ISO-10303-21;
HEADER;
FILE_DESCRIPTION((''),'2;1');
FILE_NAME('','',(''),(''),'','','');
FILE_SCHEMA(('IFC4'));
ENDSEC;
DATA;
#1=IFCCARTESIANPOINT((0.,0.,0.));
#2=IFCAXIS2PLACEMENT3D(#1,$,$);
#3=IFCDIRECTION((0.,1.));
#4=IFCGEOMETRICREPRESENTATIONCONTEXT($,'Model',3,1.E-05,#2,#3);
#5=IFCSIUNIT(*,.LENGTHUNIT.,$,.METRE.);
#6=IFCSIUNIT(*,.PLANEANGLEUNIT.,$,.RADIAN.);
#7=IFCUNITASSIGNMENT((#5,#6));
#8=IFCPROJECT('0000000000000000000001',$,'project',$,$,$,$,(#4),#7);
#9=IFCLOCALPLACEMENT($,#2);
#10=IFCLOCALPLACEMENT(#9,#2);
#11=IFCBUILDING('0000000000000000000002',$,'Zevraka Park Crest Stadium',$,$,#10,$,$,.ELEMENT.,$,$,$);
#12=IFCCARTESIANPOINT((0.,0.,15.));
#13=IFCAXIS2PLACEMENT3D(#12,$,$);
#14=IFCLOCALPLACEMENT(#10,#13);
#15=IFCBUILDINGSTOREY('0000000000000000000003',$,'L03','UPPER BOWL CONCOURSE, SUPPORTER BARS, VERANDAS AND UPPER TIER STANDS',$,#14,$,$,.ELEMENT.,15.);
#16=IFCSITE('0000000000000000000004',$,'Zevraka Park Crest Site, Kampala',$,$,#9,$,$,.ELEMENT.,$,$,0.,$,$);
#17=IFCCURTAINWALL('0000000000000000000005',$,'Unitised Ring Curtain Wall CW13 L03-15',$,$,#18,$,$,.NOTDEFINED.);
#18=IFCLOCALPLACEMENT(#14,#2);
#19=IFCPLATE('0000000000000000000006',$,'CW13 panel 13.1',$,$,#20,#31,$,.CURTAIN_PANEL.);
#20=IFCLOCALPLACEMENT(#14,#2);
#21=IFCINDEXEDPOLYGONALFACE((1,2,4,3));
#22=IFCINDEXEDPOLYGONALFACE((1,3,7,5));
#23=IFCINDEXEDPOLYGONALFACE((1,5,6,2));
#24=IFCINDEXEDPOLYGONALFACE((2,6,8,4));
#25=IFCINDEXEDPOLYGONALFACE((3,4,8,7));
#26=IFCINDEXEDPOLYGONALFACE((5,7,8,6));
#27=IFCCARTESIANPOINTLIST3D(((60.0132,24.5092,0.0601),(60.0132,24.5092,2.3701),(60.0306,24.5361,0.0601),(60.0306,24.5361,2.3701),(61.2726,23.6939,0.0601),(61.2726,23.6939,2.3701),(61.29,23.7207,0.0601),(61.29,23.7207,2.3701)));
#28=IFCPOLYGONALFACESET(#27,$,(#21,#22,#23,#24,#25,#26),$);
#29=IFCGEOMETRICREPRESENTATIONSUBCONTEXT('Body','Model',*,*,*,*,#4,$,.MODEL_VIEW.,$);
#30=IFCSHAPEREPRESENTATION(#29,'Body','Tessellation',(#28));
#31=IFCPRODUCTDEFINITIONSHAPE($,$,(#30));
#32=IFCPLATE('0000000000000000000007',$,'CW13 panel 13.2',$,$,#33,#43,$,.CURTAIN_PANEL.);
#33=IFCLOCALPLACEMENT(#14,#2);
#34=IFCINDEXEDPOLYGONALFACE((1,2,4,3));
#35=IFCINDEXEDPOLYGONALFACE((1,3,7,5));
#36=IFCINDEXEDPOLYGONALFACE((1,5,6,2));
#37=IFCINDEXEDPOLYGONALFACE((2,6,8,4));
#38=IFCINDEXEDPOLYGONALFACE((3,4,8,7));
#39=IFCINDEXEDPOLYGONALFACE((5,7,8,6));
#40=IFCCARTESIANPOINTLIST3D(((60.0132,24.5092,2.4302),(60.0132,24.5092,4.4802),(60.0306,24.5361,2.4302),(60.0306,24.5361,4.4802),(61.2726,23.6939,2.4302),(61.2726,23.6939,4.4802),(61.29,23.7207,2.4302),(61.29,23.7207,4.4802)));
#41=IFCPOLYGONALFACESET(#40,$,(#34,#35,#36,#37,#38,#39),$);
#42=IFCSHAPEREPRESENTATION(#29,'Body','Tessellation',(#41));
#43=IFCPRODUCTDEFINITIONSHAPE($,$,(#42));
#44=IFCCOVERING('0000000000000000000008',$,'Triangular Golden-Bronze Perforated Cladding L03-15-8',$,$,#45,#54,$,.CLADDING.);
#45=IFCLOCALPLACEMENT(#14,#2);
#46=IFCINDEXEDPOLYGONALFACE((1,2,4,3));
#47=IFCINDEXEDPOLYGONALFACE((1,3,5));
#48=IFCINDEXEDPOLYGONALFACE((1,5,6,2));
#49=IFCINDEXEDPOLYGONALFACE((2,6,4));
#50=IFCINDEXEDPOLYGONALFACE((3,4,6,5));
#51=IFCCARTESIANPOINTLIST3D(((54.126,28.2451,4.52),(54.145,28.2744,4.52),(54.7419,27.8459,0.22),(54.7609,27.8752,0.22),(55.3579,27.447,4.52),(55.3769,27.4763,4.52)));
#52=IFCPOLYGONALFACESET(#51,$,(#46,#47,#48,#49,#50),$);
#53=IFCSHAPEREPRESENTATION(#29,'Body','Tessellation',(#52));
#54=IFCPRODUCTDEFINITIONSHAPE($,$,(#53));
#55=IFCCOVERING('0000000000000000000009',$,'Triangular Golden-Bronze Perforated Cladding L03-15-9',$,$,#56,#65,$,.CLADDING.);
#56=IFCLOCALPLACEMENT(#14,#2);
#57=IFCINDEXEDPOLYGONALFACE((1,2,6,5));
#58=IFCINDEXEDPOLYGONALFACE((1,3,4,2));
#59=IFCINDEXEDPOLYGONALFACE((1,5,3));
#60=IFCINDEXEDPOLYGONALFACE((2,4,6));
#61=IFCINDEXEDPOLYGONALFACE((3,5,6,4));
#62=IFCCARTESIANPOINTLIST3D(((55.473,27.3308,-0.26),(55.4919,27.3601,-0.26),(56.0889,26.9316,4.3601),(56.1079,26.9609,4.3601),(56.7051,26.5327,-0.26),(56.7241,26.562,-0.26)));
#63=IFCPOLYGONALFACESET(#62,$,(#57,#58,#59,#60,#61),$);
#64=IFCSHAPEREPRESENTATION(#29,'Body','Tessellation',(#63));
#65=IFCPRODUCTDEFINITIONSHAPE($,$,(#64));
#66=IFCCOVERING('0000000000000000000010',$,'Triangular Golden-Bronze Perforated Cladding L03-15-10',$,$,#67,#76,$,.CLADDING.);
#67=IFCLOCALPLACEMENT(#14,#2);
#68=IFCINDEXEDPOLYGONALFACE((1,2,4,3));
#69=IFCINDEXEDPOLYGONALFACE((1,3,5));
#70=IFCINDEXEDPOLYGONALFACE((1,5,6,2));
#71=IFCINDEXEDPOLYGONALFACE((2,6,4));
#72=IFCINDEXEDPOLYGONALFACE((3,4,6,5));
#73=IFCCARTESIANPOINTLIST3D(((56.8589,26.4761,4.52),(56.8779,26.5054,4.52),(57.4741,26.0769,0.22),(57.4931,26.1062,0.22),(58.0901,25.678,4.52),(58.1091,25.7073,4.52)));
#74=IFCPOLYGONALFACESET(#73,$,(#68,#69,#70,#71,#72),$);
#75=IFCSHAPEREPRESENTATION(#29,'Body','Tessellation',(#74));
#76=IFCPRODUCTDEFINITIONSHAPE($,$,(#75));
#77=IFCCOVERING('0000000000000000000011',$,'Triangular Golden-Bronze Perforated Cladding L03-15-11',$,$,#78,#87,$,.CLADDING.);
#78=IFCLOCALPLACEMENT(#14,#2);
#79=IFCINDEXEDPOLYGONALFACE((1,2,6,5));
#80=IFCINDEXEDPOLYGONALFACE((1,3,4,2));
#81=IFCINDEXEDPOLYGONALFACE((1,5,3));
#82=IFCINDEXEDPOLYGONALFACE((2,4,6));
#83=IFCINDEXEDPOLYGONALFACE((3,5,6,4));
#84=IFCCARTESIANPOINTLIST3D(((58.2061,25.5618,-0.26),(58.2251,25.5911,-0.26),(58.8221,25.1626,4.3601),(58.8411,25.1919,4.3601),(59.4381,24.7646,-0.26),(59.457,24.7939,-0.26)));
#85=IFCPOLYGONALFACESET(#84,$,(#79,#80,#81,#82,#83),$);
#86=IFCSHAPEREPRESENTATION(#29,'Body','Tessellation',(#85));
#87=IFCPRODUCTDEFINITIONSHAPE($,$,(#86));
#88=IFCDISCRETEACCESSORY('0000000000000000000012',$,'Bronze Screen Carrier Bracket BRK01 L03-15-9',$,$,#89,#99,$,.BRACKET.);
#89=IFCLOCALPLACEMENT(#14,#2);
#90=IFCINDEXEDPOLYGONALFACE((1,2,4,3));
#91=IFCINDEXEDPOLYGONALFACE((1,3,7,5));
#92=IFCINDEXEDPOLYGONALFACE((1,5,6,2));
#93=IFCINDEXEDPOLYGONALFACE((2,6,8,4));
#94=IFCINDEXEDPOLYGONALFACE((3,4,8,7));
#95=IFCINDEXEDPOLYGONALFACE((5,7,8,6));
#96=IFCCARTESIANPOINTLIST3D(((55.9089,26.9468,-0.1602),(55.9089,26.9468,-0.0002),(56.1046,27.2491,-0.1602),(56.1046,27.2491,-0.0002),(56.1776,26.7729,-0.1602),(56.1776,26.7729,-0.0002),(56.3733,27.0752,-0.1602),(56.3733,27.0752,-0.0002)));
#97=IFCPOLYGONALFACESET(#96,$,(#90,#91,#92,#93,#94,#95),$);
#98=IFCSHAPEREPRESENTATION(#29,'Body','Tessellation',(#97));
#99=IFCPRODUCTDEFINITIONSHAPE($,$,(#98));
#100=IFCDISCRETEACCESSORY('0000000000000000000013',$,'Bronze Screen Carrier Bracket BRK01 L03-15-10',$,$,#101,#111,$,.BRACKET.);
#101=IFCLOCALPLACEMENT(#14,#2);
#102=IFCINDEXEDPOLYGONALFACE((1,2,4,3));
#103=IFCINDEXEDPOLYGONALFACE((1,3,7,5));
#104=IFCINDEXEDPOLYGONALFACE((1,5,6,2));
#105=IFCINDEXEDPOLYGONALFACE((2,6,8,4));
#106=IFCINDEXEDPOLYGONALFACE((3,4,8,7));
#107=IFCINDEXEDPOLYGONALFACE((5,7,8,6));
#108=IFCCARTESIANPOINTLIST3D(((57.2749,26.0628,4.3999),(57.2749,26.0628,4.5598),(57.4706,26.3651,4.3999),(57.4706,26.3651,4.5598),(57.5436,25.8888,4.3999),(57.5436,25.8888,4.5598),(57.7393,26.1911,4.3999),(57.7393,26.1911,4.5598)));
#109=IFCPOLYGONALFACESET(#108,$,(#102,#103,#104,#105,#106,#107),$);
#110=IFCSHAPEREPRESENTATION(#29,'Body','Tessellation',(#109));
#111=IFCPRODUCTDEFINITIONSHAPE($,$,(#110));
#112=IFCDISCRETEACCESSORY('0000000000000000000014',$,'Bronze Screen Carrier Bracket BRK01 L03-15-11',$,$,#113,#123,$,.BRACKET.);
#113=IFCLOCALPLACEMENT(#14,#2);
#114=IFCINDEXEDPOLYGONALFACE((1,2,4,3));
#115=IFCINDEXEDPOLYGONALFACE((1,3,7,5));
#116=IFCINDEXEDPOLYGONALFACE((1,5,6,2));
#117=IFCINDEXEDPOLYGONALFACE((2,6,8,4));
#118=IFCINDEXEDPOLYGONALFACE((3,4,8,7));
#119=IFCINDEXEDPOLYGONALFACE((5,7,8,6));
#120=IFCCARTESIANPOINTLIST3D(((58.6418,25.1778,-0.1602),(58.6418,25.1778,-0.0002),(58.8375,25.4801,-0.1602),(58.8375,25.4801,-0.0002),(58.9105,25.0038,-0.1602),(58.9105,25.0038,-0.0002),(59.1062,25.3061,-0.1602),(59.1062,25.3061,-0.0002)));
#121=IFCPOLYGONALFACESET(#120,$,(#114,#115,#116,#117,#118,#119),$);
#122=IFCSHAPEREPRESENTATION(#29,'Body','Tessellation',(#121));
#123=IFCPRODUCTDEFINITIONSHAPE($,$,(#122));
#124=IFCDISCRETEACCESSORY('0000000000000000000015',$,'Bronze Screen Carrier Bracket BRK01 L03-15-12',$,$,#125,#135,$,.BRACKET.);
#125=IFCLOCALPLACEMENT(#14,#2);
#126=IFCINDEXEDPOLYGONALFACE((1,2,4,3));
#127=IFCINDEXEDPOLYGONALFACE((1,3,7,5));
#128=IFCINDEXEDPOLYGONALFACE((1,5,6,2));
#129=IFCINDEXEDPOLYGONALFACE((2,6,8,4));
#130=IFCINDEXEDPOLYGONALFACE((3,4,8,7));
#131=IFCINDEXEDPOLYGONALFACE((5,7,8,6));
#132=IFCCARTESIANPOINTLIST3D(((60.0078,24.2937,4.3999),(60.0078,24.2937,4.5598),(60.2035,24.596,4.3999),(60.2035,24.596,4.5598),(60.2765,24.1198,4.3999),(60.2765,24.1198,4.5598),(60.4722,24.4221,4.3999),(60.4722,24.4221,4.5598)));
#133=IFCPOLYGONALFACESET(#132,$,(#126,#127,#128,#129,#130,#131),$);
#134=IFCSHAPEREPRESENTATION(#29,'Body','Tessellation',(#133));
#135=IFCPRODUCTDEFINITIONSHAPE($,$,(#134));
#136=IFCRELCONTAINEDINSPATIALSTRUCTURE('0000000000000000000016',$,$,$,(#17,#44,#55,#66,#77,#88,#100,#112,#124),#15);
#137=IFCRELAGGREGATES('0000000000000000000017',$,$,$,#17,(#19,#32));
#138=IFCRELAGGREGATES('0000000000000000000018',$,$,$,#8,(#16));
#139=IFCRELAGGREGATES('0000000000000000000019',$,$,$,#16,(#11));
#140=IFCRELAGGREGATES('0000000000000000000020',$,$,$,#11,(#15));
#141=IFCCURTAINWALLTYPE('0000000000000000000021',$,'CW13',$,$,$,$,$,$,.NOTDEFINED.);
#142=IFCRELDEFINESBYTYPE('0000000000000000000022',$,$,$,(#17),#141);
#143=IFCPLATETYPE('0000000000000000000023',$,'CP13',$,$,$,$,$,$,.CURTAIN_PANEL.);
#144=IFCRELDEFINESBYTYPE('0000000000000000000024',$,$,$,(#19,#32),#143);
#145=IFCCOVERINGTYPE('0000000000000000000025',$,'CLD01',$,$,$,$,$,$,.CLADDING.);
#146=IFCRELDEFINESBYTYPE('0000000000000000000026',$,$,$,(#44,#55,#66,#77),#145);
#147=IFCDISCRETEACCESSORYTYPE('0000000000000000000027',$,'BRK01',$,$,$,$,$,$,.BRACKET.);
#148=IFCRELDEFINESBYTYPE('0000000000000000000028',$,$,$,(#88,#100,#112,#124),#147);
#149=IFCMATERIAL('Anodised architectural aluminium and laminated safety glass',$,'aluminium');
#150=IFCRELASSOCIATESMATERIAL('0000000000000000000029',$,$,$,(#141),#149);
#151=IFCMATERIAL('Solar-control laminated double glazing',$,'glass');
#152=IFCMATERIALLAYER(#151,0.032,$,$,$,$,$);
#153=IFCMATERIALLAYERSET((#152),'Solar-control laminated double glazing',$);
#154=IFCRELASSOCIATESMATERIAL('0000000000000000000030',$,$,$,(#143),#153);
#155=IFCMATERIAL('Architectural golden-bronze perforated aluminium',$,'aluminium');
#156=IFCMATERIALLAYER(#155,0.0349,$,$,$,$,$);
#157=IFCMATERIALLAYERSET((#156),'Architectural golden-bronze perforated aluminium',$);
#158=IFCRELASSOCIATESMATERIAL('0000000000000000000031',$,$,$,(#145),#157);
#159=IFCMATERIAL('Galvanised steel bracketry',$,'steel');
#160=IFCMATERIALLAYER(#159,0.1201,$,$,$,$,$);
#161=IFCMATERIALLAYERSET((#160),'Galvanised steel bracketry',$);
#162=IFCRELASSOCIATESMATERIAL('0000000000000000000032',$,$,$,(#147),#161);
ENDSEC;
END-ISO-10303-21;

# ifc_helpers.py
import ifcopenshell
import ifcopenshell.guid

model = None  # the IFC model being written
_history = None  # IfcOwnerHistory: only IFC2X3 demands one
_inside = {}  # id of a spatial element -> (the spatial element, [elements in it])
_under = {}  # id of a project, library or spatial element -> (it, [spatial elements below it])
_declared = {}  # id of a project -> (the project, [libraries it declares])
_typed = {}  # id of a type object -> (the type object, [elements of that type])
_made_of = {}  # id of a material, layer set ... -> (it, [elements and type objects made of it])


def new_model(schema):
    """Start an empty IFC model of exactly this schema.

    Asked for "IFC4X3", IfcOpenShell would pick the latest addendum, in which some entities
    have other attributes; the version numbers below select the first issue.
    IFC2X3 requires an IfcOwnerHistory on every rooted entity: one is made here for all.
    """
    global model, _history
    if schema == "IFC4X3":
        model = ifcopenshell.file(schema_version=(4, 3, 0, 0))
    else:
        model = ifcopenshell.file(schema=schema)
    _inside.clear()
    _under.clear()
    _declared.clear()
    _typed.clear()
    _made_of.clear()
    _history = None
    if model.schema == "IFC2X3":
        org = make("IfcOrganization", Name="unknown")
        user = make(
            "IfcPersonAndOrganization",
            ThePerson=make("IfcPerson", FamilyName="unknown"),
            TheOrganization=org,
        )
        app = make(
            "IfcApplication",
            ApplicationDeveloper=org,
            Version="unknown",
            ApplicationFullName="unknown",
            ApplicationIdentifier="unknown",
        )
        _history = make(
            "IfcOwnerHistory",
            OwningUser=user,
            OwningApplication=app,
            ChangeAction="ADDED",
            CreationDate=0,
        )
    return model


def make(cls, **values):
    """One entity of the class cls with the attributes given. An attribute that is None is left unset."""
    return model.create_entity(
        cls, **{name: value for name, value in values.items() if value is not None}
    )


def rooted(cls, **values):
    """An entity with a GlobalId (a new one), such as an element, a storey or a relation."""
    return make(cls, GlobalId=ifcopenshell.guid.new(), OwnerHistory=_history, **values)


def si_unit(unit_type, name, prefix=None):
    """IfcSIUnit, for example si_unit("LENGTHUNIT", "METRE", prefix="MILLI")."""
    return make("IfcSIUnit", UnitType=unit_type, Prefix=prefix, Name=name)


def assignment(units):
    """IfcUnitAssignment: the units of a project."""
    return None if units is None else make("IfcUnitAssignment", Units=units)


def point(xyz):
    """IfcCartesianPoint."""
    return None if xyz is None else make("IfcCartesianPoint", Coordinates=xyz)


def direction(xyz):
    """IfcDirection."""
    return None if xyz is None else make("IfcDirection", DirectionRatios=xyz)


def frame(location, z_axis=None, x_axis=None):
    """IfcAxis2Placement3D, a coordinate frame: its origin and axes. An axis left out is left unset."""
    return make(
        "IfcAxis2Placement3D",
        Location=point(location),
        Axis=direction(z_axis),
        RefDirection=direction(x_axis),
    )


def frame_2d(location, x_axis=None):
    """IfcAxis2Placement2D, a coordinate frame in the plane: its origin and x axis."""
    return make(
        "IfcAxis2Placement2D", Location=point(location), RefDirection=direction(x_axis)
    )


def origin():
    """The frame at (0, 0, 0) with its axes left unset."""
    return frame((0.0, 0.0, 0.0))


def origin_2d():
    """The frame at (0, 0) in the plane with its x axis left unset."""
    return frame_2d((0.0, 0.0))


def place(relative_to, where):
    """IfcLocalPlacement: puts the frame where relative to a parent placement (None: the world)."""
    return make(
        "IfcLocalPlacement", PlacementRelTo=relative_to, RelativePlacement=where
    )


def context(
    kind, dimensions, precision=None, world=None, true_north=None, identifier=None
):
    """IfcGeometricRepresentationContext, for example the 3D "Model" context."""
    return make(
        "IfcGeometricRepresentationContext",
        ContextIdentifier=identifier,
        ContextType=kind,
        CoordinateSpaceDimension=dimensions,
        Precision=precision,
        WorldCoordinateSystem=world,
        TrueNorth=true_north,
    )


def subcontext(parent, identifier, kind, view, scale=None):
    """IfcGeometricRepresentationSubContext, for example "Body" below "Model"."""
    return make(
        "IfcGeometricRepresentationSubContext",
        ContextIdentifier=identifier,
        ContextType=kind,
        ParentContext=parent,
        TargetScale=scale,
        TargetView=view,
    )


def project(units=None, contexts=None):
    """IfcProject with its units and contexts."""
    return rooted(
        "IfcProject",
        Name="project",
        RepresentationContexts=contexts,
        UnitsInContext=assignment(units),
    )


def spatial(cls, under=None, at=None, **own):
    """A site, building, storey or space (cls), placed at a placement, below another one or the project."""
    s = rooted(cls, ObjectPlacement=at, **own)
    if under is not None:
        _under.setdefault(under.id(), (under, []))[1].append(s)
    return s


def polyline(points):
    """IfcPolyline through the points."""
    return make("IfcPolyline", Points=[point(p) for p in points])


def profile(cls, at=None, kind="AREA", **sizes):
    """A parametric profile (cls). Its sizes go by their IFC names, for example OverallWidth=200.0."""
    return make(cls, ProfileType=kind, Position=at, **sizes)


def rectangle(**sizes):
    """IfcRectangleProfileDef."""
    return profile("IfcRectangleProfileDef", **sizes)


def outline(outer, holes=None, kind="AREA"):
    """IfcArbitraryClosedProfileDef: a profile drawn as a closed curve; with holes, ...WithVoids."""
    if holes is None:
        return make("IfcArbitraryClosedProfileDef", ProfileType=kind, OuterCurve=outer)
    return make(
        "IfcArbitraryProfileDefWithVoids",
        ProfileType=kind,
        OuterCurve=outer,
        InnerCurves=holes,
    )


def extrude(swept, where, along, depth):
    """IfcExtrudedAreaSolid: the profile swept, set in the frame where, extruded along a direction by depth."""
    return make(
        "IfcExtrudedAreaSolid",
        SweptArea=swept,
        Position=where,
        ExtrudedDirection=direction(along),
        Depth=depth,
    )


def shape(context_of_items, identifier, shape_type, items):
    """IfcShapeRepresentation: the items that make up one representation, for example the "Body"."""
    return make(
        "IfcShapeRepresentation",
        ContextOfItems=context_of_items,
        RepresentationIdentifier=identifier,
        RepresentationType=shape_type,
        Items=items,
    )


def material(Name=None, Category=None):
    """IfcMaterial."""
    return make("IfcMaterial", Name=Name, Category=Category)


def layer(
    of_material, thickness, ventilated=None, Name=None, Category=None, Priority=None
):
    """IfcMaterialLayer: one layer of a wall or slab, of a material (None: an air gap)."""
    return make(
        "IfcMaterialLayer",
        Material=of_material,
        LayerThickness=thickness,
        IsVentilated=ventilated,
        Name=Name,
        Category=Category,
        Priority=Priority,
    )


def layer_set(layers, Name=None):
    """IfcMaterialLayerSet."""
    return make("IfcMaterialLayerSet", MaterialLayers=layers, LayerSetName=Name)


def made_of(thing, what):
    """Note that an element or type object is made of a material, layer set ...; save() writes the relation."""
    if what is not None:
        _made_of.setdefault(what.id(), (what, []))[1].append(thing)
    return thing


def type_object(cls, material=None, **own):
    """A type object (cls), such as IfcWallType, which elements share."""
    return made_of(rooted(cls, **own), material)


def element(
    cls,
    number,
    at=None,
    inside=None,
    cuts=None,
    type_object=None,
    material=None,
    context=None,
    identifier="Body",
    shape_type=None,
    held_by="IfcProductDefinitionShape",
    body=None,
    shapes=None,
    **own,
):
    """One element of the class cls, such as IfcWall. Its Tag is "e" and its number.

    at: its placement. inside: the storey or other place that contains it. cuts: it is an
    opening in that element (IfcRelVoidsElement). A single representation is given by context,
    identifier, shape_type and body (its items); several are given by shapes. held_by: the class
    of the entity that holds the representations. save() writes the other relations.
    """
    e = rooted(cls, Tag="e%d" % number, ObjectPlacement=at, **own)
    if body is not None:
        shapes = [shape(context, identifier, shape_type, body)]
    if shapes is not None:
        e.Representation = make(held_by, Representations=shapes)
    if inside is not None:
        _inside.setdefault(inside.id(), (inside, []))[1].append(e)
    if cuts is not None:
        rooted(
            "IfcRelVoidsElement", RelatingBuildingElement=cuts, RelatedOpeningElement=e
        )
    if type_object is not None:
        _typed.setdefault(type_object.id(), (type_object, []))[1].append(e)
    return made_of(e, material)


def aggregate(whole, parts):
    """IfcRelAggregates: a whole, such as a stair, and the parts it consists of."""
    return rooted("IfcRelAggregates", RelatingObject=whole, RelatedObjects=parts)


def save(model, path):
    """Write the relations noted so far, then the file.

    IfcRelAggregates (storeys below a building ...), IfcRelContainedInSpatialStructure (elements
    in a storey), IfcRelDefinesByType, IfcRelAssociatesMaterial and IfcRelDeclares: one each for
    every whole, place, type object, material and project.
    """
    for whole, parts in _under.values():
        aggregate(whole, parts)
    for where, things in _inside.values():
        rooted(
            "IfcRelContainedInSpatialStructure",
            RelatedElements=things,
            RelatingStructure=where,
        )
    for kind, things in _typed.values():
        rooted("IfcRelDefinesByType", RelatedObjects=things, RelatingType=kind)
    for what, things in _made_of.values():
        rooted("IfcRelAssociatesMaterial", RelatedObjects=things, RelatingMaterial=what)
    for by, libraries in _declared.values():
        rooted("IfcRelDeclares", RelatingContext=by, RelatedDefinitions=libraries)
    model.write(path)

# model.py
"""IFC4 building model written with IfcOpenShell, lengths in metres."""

from ifc_helpers import new_model, si_unit, direction, frame, origin, origin_2d, place, context, subcontext, project, spatial, polyline, rectangle, outline, extrude, material, layer, layer_set, type_object, element, aggregate, save


model = new_model("IFC4")

# Units and contexts
model_context = context("Model", 3, precision=1e-05, world=origin(), true_north=direction((0.0, 1.0)))
body_context = subcontext(model_context, "Body", "Model", "MODEL_VIEW")
ifc_project = project(units=[si_unit("LENGTHUNIT", "METRE"), si_unit("PLANEANGLEUNIT", "RADIAN")], contexts=[model_context])

# Site, building, storey
site_placement = place(None, origin())
site = spatial("IfcSite", under=ifc_project, at=site_placement, Name="Zevraka Park Crest Site, Kampala", CompositionType="ELEMENT", RefElevation=0.0)
building_placement = place(site_placement, origin())
building = spatial("IfcBuilding", under=site, at=building_placement, Name="Zevraka Park Crest Stadium", CompositionType="ELEMENT")
storey_placement = place(building_placement, frame((0.0, 0.0, 15.0)))
storey = spatial("IfcBuildingStorey", under=building, at=storey_placement, Name="L03", Description="UPPER BOWL CONCOURSE, SUPPORTER BARS, VERANDAS AND UPPER TIER STANDS", CompositionType="ELEMENT", Elevation=15.0)

# Curtain wall
ifc_material_1 = material(Name="Anodised architectural aluminium and laminated safety glass", Category="aluminium")
curtain_wall_type = type_object("IfcCurtainWallType", Name="CW13", PredefinedType="NOTDEFINED", material=ifc_material_1)
curtain_wall_placement = place(storey_placement, origin())
curtain_wall = element("IfcCurtainWall", 1, at=curtain_wall_placement, inside=storey, type_object=curtain_wall_type, Name="Unitised Ring Curtain Wall CW13 L03-15", PredefinedType="NOTDEFINED")

# Plates
ifc_material_2 = material(Name="Solar-control laminated double glazing", Category="glass")
ifc_layer_1 = layer(ifc_material_2, 0.032)
ifc_layer_set_1 = layer_set([ifc_layer_1], Name="Solar-control laminated double glazing")
plate_type = type_object("IfcPlateType", Name="CP13", PredefinedType="CURTAIN_PANEL", material=ifc_layer_set_1)
plate_1_placement = place(storey_placement, frame((60.6516, 24.115, 0.0601), z_axis=(0.0, 0.0, 1.0), x_axis=(0.839429, -0.543469, 0.0)))
plate_1 = element("IfcPlate", 2, at=plate_1_placement, type_object=plate_type, Name="CW13 panel 13.1", PredefinedType="CURTAIN_PANEL", context=body_context, shape_type="SweptSolid", body=[
    extrude(rectangle(XDim=1.5002, YDim=0.032, at=origin_2d()), origin(), (0.0, 0.0, 1.0), 2.3101),
])
plate_2_placement = place(storey_placement, frame((60.6516, 24.115, 2.4302), z_axis=(0.0, 0.0, 1.0), x_axis=(0.839429, -0.543469, 0.0)))
plate_2 = element("IfcPlate", 3, at=plate_2_placement, type_object=plate_type, Name="CW13 panel 13.2", PredefinedType="CURTAIN_PANEL", context=body_context, shape_type="SweptSolid", body=[
    extrude(rectangle(XDim=1.5002, YDim=0.032, at=origin_2d()), origin(), (0.0, 0.0, 1.0), 2.05),
])
aggregate(curtain_wall, [plate_1, plate_2])

# Coverings
ifc_material_3 = material(Name="Architectural golden-bronze perforated aluminium", Category="aluminium")
ifc_layer_2 = layer(ifc_material_3, 0.0349)
ifc_layer_set_2 = layer_set([ifc_layer_2], Name="Architectural golden-bronze perforated aluminium")
covering_type = type_object("IfcCoveringType", Name="CLD01", PredefinedType="CLADDING", material=ifc_layer_set_2)
covering_1_placement = place(storey_placement, frame((55.3579, 27.447, 4.52), z_axis=(-0.543713, -0.839271, 0.000024), x_axis=(-0.839271, 0.543713, 0.0)))
element("IfcCovering", 4, at=covering_1_placement, inside=storey, type_object=covering_type, Name="Triangular Golden-Bronze Perforated Cladding L03-15-8", PredefinedType="CLADDING", context=body_context, shape_type="SweptSolid", body=[
    extrude(outline(polyline([(0.0, 0.0), (1.4679, 0.0), (0.7339, 4.3), (0.0, 0.0)])), origin(), (0.0, 0.0, -1.0), 0.0349),
])
covering_2_placement = place(storey_placement, frame((55.4919, 27.3601, -0.26), z_axis=(0.543637, 0.83932, 0.000037), x_axis=(0.83932, -0.543637, 0.0)))
element("IfcCovering", 5, at=covering_2_placement, inside=storey, type_object=covering_type, Name="Triangular Golden-Bronze Perforated Cladding L03-15-9", PredefinedType="CLADDING", context=body_context, shape_type="SweptSolid", body=[
    extrude(outline(polyline([(0.0, 0.0), (1.4681, 0.0), (0.734, -4.6201), (0.0, 0.0)])), origin(), (0.0, 0.0, -1.0), 0.0349),
])
covering_3_placement = place(storey_placement, frame((58.0901, 25.678, 4.52), z_axis=(-0.543941, -0.839123, 0.00007), x_axis=(-0.839123, 0.543941, 0.0)))
element("IfcCovering", 6, at=covering_3_placement, inside=storey, type_object=covering_type, Name="Triangular Golden-Bronze Perforated Cladding L03-15-10", PredefinedType="CLADDING", context=body_context, shape_type="SweptSolid", body=[
    extrude(outline(polyline([(0.0, 0.0), (1.4672, 0.0), (0.7339, 4.3), (0.0, 0.0)])), origin(), (0.0, 0.0, -1.0), 0.0349),
])
covering_4_placement = place(storey_placement, frame((58.2251, 25.5911, -0.26), z_axis=(0.543244, 0.839575, 0.000111), x_axis=(0.839575, -0.543244, 0.0)))
element("IfcCovering", 7, at=covering_4_placement, inside=storey, type_object=covering_type, Name="Triangular Golden-Bronze Perforated Cladding L03-15-11", PredefinedType="CLADDING", context=body_context, shape_type="SweptSolid", body=[
    extrude(outline(polyline([(0.0, 0.0), (1.4673, 0.0), (0.734, -4.6201), (0.0, 0.0)])), origin(), (0.0, 0.0, -1.0), 0.0349),
])

# Discrete accessories
ifc_material_4 = material(Name="Galvanised steel bracketry", Category="steel")
ifc_layer_3 = layer(ifc_material_4, 0.1201)
ifc_layer_set_3 = layer_set([ifc_layer_3], Name="Galvanised steel bracketry")
discrete_accessory_type = type_object("IfcDiscreteAccessoryType", Name="BRK01", PredefinedType="BRACKET", material=ifc_layer_set_3)
for number, where, z_axis, x_axis, name in (
    (8, (56.1411, 27.011, -0.1602), (0.0, 0.0, 1.0), (0.83943, -0.543467, 0.0), "Bronze Screen Carrier Bracket BRK01 L03-15-9"),
    (9, (57.5071, 26.127, 4.3999), (0.0, 0.0, 1.0), (0.83943, -0.543467, 0.0), "Bronze Screen Carrier Bracket BRK01 L03-15-10"),
    (10, (58.874, 25.2419, -0.1602), (0.0, 0.0, 1.0), (0.83943, -0.543467, 0.0), "Bronze Screen Carrier Bracket BRK01 L03-15-11"),
    (11, (60.24, 24.3579, 4.3999), (0.0, 0.0, 1.0), (0.83943, -0.543467, 0.0), "Bronze Screen Carrier Bracket BRK01 L03-15-12"),
):
    element("IfcDiscreteAccessory", number, at=place(storey_placement, frame(where, z_axis=z_axis, x_axis=x_axis)), inside=storey, type_object=discrete_accessory_type, Name=name, PredefinedType="BRACKET", context=body_context, shape_type="SweptSolid", body=[
        extrude(rectangle(XDim=0.3201, YDim=0.3601, at=origin_2d()), origin(), (0.0, 0.0, 1.0), 0.1599),
    ])

save(model, "model.ifc")
